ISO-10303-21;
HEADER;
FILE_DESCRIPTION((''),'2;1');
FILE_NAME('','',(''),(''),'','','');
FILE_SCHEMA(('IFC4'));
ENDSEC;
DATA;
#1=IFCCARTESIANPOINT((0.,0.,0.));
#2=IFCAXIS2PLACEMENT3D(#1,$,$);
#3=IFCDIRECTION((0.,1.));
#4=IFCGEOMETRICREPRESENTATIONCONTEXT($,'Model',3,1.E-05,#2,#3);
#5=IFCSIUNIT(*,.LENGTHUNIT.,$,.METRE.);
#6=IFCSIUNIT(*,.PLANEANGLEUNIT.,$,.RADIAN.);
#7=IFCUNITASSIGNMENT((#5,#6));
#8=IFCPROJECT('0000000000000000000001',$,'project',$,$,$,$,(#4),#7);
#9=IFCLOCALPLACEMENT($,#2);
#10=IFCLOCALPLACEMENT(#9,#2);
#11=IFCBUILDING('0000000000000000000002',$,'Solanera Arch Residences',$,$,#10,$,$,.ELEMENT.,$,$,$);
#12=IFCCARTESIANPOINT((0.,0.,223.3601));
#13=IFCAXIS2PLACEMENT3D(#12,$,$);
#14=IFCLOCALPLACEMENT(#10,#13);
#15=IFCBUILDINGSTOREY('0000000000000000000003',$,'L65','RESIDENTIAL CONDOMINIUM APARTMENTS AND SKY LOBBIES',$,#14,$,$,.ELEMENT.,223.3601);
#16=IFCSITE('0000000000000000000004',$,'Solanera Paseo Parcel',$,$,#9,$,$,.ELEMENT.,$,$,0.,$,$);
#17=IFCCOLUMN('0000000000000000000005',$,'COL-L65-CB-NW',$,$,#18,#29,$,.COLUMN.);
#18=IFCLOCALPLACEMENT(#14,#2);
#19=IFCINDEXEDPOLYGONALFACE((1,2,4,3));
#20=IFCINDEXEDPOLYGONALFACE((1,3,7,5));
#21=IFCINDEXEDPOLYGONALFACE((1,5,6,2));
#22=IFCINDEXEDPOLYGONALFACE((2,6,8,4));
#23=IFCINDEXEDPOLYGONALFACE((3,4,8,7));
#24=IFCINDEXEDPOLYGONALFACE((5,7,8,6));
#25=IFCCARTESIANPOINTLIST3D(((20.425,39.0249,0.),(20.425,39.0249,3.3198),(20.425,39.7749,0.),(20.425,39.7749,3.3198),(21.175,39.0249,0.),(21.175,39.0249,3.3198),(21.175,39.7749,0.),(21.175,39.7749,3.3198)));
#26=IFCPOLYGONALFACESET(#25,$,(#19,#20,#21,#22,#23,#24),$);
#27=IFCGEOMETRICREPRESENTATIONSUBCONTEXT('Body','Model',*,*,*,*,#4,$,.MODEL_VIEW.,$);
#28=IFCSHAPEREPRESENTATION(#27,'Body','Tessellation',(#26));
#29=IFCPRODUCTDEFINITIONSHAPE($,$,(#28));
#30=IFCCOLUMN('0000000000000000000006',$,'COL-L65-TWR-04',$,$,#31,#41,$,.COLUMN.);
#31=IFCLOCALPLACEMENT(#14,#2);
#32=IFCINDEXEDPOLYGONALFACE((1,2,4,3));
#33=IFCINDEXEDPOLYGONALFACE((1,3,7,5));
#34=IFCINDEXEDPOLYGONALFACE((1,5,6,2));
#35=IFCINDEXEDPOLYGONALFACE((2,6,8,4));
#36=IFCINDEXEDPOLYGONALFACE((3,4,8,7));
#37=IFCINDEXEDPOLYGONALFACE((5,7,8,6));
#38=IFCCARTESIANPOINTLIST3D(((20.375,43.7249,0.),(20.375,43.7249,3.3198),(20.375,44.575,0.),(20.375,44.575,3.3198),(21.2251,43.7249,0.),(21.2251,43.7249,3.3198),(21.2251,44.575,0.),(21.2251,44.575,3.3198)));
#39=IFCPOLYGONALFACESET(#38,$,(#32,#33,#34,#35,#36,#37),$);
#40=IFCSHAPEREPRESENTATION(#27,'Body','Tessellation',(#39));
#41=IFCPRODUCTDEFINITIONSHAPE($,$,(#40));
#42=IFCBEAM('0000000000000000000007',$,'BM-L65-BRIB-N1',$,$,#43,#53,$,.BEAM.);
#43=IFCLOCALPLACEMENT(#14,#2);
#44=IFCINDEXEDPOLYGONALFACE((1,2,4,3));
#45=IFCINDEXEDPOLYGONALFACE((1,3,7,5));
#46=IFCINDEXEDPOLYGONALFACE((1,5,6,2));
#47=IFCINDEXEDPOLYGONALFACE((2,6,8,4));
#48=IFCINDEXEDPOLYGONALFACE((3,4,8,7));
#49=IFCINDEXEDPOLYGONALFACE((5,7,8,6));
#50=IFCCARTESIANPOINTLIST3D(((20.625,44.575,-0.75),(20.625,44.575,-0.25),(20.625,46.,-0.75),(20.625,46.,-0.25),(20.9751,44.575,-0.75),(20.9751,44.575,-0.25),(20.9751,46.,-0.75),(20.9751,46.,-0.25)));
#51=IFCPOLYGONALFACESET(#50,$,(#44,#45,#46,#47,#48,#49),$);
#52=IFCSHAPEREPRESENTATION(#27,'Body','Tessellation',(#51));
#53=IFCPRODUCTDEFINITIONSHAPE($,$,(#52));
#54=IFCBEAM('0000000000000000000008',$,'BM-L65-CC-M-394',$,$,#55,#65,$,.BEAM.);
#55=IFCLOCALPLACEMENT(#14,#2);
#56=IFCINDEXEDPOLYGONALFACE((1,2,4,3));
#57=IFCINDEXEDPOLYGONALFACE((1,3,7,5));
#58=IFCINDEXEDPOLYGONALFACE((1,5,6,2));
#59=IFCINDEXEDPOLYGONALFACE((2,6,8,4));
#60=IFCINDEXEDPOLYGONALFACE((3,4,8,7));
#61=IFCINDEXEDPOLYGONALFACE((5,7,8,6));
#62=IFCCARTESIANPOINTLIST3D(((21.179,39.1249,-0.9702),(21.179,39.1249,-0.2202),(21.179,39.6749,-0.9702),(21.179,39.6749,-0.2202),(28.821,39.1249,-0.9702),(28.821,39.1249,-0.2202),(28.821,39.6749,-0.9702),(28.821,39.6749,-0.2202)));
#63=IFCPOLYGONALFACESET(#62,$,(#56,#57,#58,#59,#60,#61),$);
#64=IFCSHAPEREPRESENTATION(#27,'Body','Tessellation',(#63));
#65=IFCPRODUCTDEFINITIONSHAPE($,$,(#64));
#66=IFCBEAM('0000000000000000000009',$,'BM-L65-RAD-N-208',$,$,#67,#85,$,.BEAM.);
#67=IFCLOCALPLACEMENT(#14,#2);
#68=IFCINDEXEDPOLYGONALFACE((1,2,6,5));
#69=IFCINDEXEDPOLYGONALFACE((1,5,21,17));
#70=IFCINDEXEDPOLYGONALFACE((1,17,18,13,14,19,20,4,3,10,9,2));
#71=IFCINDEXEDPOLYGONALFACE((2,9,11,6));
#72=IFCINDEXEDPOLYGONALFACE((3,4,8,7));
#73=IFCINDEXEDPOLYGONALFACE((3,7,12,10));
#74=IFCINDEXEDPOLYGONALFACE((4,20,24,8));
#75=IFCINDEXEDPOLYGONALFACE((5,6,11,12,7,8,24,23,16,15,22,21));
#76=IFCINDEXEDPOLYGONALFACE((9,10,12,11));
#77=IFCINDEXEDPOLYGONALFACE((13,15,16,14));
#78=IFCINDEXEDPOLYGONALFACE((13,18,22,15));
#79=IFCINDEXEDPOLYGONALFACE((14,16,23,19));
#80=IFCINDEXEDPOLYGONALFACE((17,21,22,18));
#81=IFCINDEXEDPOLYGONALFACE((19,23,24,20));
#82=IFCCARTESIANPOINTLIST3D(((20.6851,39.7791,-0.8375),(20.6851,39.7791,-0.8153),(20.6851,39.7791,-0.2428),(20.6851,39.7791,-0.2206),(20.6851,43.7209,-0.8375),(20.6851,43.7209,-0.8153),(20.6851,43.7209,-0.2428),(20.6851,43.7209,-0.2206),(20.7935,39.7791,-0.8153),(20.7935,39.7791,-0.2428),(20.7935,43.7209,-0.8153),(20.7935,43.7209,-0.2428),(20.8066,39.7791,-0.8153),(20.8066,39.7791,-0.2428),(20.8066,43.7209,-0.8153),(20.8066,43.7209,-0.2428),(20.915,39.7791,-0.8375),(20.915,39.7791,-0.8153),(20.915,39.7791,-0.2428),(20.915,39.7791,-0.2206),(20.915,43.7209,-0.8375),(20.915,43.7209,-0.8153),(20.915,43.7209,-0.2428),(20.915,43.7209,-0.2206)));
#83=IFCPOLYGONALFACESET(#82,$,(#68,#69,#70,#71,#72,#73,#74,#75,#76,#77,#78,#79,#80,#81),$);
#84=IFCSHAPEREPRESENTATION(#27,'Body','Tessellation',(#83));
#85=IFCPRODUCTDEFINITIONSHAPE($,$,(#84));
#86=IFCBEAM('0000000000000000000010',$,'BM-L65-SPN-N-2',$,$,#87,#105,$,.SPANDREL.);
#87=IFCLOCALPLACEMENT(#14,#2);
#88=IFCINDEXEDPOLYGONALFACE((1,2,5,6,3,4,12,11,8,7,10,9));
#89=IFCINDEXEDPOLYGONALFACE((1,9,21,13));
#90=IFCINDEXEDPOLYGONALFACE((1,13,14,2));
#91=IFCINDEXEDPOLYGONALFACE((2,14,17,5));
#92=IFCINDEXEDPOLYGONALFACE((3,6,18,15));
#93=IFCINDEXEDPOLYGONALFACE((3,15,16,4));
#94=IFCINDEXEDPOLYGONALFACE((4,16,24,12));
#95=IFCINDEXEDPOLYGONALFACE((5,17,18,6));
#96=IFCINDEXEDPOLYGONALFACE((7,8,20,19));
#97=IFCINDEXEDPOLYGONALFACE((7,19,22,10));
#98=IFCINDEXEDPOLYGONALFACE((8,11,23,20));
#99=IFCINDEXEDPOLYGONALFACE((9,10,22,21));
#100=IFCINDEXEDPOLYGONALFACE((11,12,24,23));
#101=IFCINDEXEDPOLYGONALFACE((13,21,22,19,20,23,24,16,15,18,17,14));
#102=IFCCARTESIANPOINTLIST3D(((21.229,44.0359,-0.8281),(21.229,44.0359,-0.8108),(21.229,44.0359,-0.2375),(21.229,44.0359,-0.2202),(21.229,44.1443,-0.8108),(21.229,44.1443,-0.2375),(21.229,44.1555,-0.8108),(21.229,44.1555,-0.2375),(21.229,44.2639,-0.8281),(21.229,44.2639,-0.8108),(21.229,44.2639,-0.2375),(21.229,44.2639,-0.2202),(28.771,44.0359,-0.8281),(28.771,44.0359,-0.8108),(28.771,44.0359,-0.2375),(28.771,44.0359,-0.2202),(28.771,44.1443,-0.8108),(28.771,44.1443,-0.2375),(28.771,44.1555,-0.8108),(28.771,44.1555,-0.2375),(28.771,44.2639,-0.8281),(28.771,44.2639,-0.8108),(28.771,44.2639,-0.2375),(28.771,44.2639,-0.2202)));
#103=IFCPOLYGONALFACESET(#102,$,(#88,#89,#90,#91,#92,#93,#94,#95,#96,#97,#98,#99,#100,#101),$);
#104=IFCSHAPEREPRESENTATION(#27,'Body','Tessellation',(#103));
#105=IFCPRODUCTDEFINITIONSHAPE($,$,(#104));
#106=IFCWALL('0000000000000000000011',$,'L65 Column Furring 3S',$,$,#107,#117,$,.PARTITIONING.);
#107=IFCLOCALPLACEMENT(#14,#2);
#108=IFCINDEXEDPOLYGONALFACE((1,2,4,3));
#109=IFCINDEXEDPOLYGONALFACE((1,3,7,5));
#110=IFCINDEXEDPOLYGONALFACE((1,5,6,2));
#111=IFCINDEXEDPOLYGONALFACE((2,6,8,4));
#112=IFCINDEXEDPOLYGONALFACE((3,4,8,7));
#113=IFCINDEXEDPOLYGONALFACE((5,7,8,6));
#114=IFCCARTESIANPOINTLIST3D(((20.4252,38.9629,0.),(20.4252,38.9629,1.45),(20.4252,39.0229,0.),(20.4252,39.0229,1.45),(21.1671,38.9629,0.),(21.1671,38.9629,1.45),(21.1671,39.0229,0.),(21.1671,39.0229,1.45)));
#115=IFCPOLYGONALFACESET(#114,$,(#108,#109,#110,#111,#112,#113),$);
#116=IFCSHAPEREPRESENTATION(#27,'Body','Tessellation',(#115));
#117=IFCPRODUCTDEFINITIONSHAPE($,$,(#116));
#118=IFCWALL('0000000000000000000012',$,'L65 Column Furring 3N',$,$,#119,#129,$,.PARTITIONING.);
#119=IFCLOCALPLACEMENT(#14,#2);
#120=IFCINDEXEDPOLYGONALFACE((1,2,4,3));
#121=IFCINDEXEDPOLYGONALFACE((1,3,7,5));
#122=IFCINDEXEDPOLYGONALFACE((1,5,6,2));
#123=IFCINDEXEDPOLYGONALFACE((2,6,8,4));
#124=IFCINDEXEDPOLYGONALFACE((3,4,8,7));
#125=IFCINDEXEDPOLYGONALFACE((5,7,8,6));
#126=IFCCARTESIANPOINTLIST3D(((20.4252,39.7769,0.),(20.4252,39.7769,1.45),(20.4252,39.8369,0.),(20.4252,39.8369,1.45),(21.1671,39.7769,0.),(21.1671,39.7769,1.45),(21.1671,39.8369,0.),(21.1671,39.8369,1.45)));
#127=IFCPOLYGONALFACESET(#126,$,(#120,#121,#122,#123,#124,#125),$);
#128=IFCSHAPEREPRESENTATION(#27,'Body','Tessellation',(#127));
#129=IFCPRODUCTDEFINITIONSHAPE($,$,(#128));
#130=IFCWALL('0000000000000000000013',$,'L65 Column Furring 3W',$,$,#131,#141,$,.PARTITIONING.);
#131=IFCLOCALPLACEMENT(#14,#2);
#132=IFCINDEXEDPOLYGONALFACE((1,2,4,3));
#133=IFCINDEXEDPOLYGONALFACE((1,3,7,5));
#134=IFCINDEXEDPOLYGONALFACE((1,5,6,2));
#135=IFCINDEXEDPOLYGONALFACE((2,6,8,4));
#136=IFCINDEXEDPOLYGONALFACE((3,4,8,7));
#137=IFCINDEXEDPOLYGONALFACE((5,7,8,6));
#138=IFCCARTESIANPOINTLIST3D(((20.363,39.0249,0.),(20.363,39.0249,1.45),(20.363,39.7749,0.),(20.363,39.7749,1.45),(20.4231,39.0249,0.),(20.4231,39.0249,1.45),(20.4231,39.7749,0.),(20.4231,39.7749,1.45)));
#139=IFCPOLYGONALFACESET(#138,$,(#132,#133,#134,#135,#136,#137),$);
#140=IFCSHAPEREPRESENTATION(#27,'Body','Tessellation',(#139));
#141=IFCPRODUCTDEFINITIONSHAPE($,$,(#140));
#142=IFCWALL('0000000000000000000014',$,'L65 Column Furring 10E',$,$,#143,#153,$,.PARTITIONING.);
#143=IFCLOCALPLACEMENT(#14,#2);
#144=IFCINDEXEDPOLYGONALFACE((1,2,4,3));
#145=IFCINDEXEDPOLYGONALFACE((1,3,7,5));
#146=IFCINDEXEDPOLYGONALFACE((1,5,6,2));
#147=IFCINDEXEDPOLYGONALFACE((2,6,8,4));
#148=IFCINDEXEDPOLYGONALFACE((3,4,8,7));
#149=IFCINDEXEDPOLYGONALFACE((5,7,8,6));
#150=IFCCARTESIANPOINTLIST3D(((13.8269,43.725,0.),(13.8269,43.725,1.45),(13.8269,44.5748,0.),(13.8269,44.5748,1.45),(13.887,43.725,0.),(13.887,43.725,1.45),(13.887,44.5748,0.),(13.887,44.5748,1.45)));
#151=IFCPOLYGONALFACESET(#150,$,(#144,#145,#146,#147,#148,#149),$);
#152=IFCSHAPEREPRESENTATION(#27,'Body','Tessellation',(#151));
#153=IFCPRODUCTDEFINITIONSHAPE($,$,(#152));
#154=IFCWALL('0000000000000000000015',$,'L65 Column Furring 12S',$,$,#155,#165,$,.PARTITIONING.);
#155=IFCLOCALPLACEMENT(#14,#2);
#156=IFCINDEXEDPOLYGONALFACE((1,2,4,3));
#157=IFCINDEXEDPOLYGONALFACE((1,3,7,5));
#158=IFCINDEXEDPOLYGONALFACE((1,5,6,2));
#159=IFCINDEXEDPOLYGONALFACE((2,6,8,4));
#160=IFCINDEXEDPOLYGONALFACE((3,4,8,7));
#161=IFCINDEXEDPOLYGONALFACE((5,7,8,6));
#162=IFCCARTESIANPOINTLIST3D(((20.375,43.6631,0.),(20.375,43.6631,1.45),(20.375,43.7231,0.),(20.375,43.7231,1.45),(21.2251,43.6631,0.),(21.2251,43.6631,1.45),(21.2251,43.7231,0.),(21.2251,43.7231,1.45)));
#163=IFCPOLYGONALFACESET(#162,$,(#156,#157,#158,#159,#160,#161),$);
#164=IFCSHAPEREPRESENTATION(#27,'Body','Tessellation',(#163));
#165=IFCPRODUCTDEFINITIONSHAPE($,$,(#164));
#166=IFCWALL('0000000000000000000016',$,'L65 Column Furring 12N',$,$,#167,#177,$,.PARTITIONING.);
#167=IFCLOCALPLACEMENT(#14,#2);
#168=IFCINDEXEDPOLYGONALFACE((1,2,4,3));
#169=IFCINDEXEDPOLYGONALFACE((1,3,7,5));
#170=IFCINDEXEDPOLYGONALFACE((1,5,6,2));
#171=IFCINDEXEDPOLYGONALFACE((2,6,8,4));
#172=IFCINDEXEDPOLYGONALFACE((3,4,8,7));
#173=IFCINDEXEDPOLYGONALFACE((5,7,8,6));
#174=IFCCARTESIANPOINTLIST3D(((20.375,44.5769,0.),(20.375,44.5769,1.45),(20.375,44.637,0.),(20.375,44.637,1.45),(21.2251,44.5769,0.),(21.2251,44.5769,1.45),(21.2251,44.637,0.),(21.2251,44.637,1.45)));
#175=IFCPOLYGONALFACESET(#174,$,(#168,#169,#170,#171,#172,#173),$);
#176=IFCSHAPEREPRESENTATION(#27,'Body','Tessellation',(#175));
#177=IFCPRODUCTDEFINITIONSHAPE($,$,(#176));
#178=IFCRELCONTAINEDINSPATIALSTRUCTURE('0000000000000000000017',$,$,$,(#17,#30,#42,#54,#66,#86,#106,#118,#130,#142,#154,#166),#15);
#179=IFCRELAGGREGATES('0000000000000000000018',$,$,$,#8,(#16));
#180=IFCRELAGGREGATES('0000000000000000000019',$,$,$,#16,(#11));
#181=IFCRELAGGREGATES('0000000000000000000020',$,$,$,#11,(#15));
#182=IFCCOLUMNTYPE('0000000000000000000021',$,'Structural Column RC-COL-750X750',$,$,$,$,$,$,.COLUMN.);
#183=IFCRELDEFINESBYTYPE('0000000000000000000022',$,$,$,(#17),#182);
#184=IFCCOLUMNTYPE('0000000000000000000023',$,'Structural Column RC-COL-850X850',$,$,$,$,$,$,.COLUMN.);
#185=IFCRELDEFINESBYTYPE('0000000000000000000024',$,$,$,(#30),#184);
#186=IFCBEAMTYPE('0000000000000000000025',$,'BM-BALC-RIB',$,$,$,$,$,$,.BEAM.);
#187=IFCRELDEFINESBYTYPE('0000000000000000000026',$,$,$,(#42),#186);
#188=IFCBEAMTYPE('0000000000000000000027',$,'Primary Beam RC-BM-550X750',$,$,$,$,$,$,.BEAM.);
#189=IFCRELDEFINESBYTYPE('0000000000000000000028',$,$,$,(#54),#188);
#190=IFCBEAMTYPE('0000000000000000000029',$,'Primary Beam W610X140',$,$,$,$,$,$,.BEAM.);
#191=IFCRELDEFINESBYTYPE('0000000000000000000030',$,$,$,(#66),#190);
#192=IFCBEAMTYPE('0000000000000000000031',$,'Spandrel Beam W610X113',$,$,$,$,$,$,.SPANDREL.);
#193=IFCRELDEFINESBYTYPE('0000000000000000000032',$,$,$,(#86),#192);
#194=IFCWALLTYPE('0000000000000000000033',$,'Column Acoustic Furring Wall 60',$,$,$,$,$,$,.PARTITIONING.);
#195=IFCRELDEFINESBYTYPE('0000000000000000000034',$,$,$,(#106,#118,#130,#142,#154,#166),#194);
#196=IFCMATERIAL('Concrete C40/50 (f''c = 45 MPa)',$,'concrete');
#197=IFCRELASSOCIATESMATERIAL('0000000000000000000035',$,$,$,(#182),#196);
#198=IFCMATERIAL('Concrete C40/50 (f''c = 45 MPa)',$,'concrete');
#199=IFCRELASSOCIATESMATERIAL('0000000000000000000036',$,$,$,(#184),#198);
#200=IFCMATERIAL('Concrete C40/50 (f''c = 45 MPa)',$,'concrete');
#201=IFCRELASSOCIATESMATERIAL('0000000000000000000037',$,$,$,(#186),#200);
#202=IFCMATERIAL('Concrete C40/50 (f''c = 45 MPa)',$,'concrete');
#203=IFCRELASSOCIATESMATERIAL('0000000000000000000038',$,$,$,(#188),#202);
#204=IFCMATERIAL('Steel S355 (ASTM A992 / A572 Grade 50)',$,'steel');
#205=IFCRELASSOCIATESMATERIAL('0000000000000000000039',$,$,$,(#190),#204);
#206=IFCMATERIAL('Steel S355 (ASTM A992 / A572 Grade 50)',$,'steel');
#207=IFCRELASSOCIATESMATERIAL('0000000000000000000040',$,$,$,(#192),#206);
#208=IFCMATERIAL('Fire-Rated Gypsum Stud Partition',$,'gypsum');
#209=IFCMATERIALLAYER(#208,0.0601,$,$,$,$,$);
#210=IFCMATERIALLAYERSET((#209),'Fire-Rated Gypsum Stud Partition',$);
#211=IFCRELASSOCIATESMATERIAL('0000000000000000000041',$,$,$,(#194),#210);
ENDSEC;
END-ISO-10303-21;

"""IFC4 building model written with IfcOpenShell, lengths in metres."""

from ifc_helpers import new_model, si_unit, direction, frame, frame_2d, origin, origin_2d, place, context, subcontext, project, spatial, rectangle, i_section, extrude, material, layer, layer_set, material_profile, profile_set, type_object, element, save


model = new_model("IFC4")

# Units and contexts
model_context = context("Model", 3, precision=1e-05, world=origin(), true_north=direction((0.0, 1.0)))
body_context = subcontext(model_context, "Body", "Model", "MODEL_VIEW")
ifc_project = project(units=[si_unit("LENGTHUNIT", "METRE"), si_unit("PLANEANGLEUNIT", "RADIAN")], contexts=[model_context])

# Site, building, storey
site_placement = place(None, origin())
site = spatial("IfcSite", under=ifc_project, at=site_placement, Name="Solanera Paseo Parcel", CompositionType="ELEMENT", RefElevation=0.0)
building_placement = place(site_placement, origin())
building = spatial("IfcBuilding", under=site, at=building_placement, Name="Solanera Arch Residences", CompositionType="ELEMENT")
storey_placement = place(building_placement, frame((0.0, 0.0, 223.3601)))
storey = spatial("IfcBuildingStorey", under=building, at=storey_placement, Name="L65", Description="RESIDENTIAL CONDOMINIUM APARTMENTS AND SKY LOBBIES", CompositionType="ELEMENT", Elevation=223.3601)

# Columns
ifc_material_1 = material(Name="Concrete C40/50 (f'c = 45 MPa)", Category="concrete")
ifc_material_profile_1 = material_profile(ifc_material_1, rectangle(XDim=0.75, YDim=0.75, at=origin_2d()))
ifc_profile_set_1 = profile_set([ifc_material_profile_1], Name="Concrete C40/50 (f'c = 45 MPa)")
column_type_1 = type_object("IfcColumnType", Name="Structural Column RC-COL-750X750", PredefinedType="COLUMN", material=ifc_profile_set_1)
column_1_placement = place(storey_placement, frame((20.8, 39.3999, 0.0), z_axis=(0.0, 0.0, 1.0), x_axis=(1.0, 0.0, 0.0)))
element("IfcColumn", 1, at=column_1_placement, inside=storey, type_object=column_type_1, Name="COL-L65-CB-NW", PredefinedType="COLUMN", context=body_context, shape_type="SweptSolid", body=[
    extrude(rectangle(XDim=0.75, YDim=0.75, at=origin_2d()), origin(), (0.0, 0.0, 1.0), 3.3198),
])
ifc_material_2 = material(Name="Concrete C40/50 (f'c = 45 MPa)", Category="concrete")
ifc_material_profile_2 = material_profile(ifc_material_2, rectangle(XDim=0.8501, YDim=0.8501, at=origin_2d()))
ifc_profile_set_2 = profile_set([ifc_material_profile_2], Name="Concrete C40/50 (f'c = 45 MPa)")
column_type_2 = type_object("IfcColumnType", Name="Structural Column RC-COL-850X850", PredefinedType="COLUMN", material=ifc_profile_set_2)
column_2_placement = place(storey_placement, frame((20.8, 44.1499, 0.0), z_axis=(0.0, 0.0, 1.0), x_axis=(1.0, 0.0, 0.0)))
element("IfcColumn", 2, at=column_2_placement, inside=storey, type_object=column_type_2, Name="COL-L65-TWR-04", PredefinedType="COLUMN", context=body_context, shape_type="SweptSolid", body=[
    extrude(rectangle(XDim=0.8501, YDim=0.8501, at=origin_2d()), origin(), (0.0, 0.0, 1.0), 3.3198),
])

# Beams
ifc_material_3 = material(Name="Concrete C40/50 (f'c = 45 MPa)", Category="concrete")
ifc_material_profile_3 = material_profile(ifc_material_3, rectangle(XDim=0.3501, YDim=0.5, at=origin_2d()))
ifc_profile_set_3 = profile_set([ifc_material_profile_3], Name="Concrete C40/50 (f'c = 45 MPa)")
beam_type_1 = type_object("IfcBeamType", Name="BM-BALC-RIB", PredefinedType="BEAM", material=ifc_profile_set_3)
beam_1_placement = place(storey_placement, frame((20.8, 44.575, -0.5), z_axis=(0.0, 1.0, 0.0), x_axis=(-1.0, 0.0, 0.0)))
element("IfcBeam", 3, at=beam_1_placement, inside=storey, type_object=beam_type_1, Name="BM-L65-BRIB-N1", PredefinedType="BEAM", context=body_context, shape_type="SweptSolid", body=[
    extrude(rectangle(XDim=0.3501, YDim=0.5, at=origin_2d()), origin(), (0.0, 0.0, 1.0), 1.425),
])
ifc_material_4 = material(Name="Concrete C40/50 (f'c = 45 MPa)", Category="concrete")
ifc_material_profile_4 = material_profile(ifc_material_4, rectangle(XDim=0.55, YDim=0.75, at=origin_2d()))
ifc_profile_set_4 = profile_set([ifc_material_profile_4], Name="Concrete C40/50 (f'c = 45 MPa)")
beam_type_2 = type_object("IfcBeamType", Name="Primary Beam RC-BM-550X750", PredefinedType="BEAM", material=ifc_profile_set_4)
beam_2_placement = place(storey_placement, frame((21.179, 39.3999, -0.5952), z_axis=(1.0, 0.0, 0.0), x_axis=(0.0, 1.0, 0.0)))
element("IfcBeam", 4, at=beam_2_placement, inside=storey, type_object=beam_type_2, Name="BM-L65-CC-M-394", PredefinedType="BEAM", context=body_context, shape_type="SweptSolid", body=[
    extrude(rectangle(XDim=0.55, YDim=0.75, at=origin_2d()), origin(), (0.0, 0.0, 1.0), 7.6421),
])
ifc_material_5 = material(Name="Steel S355 (ASTM A992 / A572 Grade 50)", Category="steel")
ifc_material_profile_5 = material_profile(ifc_material_5, i_section(OverallWidth=0.23, OverallDepth=0.6169, WebThickness=0.0132, FlangeThickness=0.0222, at=origin_2d()))
ifc_profile_set_5 = profile_set([ifc_material_profile_5], Name="Steel S355 (ASTM A992 / A572 Grade 50)")
beam_type_3 = type_object("IfcBeamType", Name="Primary Beam W610X140", PredefinedType="BEAM", material=ifc_profile_set_5)
beam_3_placement = place(storey_placement, frame((20.8, 39.7791, -0.5291), z_axis=(0.0, 1.0, 0.0), x_axis=(-1.0, 0.0, 0.0)))
element("IfcBeam", 5, at=beam_3_placement, inside=storey, type_object=beam_type_3, Name="BM-L65-RAD-N-208", PredefinedType="BEAM", context=body_context, shape_type="SweptSolid", body=[
    extrude(i_section(OverallWidth=0.23, OverallDepth=0.6169, WebThickness=0.0132, FlangeThickness=0.0222, at=origin_2d()), origin(), (0.0, 0.0, 1.0), 3.9419),
])
ifc_material_6 = material(Name="Steel S355 (ASTM A992 / A572 Grade 50)", Category="steel")
ifc_material_profile_6 = material_profile(ifc_material_6, i_section(OverallWidth=0.228, OverallDepth=0.6079, WebThickness=0.0112, FlangeThickness=0.0173, at=origin_2d()))
ifc_profile_set_6 = profile_set([ifc_material_profile_6], Name="Steel S355 (ASTM A992 / A572 Grade 50)")
beam_type_4 = type_object("IfcBeamType", Name="Spandrel Beam W610X113", PredefinedType="SPANDREL", material=ifc_profile_set_6)
beam_4_placement = place(storey_placement, frame((21.229, 44.1499, -0.5242), z_axis=(1.0, 0.0, 0.0), x_axis=(0.0, 1.0, 0.0)))
element("IfcBeam", 6, at=beam_4_placement, inside=storey, type_object=beam_type_4, Name="BM-L65-SPN-N-2", PredefinedType="SPANDREL", context=body_context, shape_type="SweptSolid", body=[
    extrude(i_section(OverallWidth=0.228, OverallDepth=0.6079, WebThickness=0.0112, FlangeThickness=0.0173, at=origin_2d()), origin(), (0.0, 0.0, 1.0), 7.542),
])

# Walls
ifc_material_7 = material(Name="Fire-Rated Gypsum Stud Partition", Category="gypsum")
ifc_layer_1 = layer(ifc_material_7, 0.0601)
ifc_layer_set_1 = layer_set([ifc_layer_1], Name="Fire-Rated Gypsum Stud Partition")
wall_type_1 = type_object("IfcWallType", Name="Column Acoustic Furring Wall 60", PredefinedType="PARTITIONING", material=ifc_layer_set_1)
for number, where, z_axis, x_axis, name in (
    (7, (20.425, 38.9929, 0.0), (0.0, 0.0, 1.0), (1.0, 0.0, 0.0), "L65 Column Furring 3S"),
    (8, (20.425, 39.8069, 0.0), (0.0, 0.0, 1.0), (1.0, 0.0, 0.0), "L65 Column Furring 3N"),
):
    element("IfcWall", number, at=place(storey_placement, frame(where, z_axis=z_axis, x_axis=x_axis)), inside=storey, type_object=wall_type_1, Name=name, PredefinedType="PARTITIONING", context=body_context, shape_type="SweptSolid", body=[
        extrude(rectangle(XDim=0.7419, YDim=0.0601, at=frame_2d((0.3711, 0.0))), origin(), (0.0, 0.0, 1.0), 1.45),
    ])
wall_1_placement = place(storey_placement, frame((20.3931, 39.0249, 0.0), z_axis=(0.0, 0.0, 1.0), x_axis=(0.0, 1.0, 0.0)))
element("IfcWall", 9, at=wall_1_placement, inside=storey, type_object=wall_type_1, Name="L65 Column Furring 3W", PredefinedType="PARTITIONING", context=body_context, shape_type="SweptSolid", body=[
    extrude(rectangle(XDim=0.75, YDim=0.0601, at=frame_2d((0.375, 0.0))), origin(), (0.0, 0.0, 1.0), 1.45),
])
wall_2_placement = place(storey_placement, frame((13.8569, 43.7251, 0.0), z_axis=(0.0, 0.0, 1.0), x_axis=(0.0, 1.0, 0.0)))
element("IfcWall", 10, at=wall_2_placement, inside=storey, type_object=wall_type_1, Name="L65 Column Furring 10E", PredefinedType="PARTITIONING", context=body_context, shape_type="SweptSolid", body=[
    extrude(rectangle(XDim=0.8499, YDim=0.0601, at=frame_2d((0.4248, 0.0))), origin(), (0.0, 0.0, 1.0), 1.45),
])
for number, where, z_axis, x_axis, name in (
    (11, (20.375, 43.6931, 0.0), (0.0, 0.0, 1.0), (1.0, 0.0, 0.0), "L65 Column Furring 12S"),
    (12, (20.375, 44.6069, 0.0), (0.0, 0.0, 1.0), (1.0, 0.0, 0.0), "L65 Column Furring 12N"),
):
    element("IfcWall", number, at=place(storey_placement, frame(where, z_axis=z_axis, x_axis=x_axis)), inside=storey, type_object=wall_type_1, Name=name, PredefinedType="PARTITIONING", context=body_context, shape_type="SweptSolid", body=[
        extrude(rectangle(XDim=0.8501, YDim=0.0601, at=frame_2d((0.425, 0.0))), origin(), (0.0, 0.0, 1.0), 1.45),
    ])

save(model, "model.ifc")
